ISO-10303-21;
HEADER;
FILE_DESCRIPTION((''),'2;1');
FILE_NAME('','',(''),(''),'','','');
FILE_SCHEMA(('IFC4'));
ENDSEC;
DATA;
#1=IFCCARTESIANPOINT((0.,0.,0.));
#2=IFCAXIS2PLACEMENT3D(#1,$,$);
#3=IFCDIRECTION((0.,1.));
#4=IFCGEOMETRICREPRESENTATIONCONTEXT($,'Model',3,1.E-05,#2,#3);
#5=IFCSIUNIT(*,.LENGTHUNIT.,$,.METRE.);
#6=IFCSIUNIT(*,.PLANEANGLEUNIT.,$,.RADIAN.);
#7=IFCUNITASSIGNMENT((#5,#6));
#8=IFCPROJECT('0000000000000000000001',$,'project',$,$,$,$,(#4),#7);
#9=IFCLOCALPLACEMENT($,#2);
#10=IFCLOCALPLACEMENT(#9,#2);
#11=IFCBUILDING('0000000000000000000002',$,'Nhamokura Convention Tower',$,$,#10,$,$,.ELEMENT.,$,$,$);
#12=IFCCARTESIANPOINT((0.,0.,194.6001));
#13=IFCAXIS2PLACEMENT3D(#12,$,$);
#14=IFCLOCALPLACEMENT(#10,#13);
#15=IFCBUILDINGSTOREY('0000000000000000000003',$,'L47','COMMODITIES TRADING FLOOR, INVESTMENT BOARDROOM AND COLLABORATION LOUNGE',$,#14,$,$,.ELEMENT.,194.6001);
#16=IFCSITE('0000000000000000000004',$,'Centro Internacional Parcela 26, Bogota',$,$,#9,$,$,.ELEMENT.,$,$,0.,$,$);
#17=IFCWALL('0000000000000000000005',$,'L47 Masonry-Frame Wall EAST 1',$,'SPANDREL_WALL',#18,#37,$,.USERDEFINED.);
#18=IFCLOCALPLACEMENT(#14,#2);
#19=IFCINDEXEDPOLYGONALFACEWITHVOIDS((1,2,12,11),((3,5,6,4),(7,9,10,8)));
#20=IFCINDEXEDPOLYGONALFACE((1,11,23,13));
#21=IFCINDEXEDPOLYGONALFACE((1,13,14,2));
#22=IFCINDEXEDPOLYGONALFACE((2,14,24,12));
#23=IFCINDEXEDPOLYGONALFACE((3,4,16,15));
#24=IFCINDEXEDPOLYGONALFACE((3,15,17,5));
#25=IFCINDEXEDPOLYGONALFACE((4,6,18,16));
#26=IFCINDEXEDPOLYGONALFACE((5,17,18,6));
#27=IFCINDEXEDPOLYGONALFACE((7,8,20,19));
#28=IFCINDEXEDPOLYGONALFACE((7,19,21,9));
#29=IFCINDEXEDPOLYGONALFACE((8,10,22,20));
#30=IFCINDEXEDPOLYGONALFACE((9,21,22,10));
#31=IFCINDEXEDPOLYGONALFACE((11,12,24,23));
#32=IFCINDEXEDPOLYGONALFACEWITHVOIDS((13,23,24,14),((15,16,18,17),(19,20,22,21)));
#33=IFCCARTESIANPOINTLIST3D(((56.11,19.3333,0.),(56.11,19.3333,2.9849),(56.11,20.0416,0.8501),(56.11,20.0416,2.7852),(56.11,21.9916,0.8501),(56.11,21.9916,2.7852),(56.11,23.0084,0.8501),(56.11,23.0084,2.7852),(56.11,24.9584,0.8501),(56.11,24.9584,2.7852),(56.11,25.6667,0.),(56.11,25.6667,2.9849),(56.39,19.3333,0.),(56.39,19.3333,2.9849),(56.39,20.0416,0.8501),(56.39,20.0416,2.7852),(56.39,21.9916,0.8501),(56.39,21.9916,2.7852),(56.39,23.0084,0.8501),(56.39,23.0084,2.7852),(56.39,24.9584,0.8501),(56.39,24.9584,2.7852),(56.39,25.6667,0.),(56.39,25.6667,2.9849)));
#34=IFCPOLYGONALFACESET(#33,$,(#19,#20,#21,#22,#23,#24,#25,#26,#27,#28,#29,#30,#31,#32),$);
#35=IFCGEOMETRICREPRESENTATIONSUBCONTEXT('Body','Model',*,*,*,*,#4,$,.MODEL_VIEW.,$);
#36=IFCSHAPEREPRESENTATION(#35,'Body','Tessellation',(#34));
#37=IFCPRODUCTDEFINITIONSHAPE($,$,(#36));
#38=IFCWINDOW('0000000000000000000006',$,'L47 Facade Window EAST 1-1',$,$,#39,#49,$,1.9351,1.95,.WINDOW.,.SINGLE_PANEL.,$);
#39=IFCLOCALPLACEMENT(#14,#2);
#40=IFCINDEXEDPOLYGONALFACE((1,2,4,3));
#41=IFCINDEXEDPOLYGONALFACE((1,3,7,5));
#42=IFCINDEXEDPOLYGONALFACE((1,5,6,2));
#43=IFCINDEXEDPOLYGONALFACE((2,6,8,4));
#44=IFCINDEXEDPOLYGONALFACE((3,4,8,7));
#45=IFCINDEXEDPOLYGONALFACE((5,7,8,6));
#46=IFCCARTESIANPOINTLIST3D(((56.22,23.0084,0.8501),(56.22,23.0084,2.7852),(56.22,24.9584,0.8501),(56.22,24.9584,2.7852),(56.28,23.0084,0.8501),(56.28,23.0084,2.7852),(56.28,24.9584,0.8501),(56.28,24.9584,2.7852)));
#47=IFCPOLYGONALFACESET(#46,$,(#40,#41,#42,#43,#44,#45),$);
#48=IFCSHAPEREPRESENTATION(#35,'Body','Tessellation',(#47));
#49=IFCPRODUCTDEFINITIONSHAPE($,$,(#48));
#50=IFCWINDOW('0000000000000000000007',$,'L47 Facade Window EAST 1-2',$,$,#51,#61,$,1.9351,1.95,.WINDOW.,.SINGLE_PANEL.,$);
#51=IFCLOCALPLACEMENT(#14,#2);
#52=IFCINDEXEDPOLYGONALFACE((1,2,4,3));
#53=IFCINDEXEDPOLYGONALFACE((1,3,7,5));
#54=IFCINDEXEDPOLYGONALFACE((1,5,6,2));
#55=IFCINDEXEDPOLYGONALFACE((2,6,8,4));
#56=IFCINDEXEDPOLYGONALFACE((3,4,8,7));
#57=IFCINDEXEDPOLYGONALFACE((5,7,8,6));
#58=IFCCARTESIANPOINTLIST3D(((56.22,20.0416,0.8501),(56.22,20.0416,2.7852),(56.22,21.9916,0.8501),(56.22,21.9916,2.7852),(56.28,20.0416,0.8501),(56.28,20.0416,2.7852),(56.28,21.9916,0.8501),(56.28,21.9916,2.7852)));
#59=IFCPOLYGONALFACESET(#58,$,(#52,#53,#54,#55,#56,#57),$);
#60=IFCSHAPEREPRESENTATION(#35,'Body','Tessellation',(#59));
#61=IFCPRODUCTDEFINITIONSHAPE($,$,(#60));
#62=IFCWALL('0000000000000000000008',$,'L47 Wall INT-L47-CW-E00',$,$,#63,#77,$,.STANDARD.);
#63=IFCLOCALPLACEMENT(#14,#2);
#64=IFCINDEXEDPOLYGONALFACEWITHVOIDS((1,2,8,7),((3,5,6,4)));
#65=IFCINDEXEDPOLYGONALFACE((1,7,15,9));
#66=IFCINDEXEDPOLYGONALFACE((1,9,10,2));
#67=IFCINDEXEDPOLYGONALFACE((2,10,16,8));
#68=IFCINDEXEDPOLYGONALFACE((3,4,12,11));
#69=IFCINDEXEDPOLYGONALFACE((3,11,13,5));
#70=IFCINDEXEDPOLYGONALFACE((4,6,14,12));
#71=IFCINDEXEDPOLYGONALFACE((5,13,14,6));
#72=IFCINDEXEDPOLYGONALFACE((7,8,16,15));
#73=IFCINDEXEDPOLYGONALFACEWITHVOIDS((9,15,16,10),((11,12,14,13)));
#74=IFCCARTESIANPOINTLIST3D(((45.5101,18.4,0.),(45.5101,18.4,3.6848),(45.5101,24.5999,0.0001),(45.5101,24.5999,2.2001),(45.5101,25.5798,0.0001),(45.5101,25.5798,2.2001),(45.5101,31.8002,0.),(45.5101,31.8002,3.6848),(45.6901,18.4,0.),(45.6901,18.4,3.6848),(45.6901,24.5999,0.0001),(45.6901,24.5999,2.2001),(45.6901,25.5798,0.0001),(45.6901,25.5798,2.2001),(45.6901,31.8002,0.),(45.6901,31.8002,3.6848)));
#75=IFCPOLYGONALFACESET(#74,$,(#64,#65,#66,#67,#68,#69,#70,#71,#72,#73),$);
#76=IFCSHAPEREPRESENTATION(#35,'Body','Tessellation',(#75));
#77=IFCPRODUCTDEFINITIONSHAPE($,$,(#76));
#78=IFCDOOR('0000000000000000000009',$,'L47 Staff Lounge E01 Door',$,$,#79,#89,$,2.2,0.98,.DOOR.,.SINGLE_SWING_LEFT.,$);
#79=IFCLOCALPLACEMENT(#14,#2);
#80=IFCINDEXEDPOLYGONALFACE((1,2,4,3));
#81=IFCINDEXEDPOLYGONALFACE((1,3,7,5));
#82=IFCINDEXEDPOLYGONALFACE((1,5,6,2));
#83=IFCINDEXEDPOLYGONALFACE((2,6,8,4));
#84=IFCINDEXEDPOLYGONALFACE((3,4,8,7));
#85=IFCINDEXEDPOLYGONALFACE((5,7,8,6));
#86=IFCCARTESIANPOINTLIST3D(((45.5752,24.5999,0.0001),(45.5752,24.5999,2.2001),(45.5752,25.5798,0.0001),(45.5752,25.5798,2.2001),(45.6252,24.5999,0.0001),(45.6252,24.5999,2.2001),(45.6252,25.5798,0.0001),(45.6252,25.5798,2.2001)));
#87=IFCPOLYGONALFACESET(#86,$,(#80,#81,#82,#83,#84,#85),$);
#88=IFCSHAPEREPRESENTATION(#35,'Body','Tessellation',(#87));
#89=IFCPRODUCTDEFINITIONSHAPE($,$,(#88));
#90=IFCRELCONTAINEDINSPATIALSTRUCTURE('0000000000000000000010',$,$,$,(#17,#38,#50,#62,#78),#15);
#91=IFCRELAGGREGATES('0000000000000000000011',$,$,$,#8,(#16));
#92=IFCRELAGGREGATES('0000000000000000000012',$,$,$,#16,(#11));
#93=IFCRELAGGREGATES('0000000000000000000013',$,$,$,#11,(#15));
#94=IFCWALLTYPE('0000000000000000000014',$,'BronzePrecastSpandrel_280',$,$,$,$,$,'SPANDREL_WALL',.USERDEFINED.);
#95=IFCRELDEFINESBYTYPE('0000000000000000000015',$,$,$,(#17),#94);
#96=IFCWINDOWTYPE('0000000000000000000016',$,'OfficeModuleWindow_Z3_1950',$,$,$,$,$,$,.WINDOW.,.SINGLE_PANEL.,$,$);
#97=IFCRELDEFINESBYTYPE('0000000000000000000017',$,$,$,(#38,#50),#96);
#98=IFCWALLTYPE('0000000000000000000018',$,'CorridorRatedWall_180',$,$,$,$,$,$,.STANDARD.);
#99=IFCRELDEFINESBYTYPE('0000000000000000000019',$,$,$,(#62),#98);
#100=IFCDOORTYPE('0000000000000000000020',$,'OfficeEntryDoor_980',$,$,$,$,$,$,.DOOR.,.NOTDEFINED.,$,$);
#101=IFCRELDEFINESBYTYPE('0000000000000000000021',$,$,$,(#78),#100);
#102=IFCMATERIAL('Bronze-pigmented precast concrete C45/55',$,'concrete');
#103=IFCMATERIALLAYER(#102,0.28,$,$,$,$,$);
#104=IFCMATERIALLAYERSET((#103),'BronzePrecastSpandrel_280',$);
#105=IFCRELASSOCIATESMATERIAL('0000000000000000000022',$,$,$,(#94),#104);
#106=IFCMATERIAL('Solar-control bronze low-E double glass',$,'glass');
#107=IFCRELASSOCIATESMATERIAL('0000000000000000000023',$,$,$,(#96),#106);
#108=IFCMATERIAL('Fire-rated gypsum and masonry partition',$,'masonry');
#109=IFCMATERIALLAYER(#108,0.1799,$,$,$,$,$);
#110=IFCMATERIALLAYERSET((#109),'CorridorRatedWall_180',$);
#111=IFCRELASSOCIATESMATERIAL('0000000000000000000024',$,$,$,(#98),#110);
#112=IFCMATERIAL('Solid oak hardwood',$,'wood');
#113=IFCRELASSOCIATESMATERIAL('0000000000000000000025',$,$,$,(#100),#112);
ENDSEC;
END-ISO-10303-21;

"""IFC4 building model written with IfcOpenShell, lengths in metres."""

from ifc_helpers import new_model, si_unit, direction, frame, frame_2d, origin, place, context, subcontext, project, spatial, rectangle, extrude, material, layer, layer_set, type_object, element, fill, save


model = new_model("IFC4")

# Units and contexts
model_context = context("Model", 3, precision=1e-05, world=origin(), true_north=direction((0.0, 1.0)))
body_context = subcontext(model_context, "Body", "Model", "MODEL_VIEW")
ifc_project = project(units=[si_unit("LENGTHUNIT", "METRE"), si_unit("PLANEANGLEUNIT", "RADIAN")], contexts=[model_context])

# Site, building, storey
site_placement = place(None, origin())
site = spatial("IfcSite", under=ifc_project, at=site_placement, Name="Centro Internacional Parcela 26, Bogota", CompositionType="ELEMENT", RefElevation=0.0)
building_placement = place(site_placement, origin())
building = spatial("IfcBuilding", under=site, at=building_placement, Name="Nhamokura Convention Tower", CompositionType="ELEMENT")
storey_placement = place(building_placement, frame((0.0, 0.0, 194.6001)))
storey = spatial("IfcBuildingStorey", under=building, at=storey_placement, Name="L47", Description="COMMODITIES TRADING FLOOR, INVESTMENT BOARDROOM AND COLLABORATION LOUNGE", CompositionType="ELEMENT", Elevation=194.6001)

# Shared definitions
ifc_material_1 = material(Name="Bronze-pigmented precast concrete C45/55", Category="concrete")
ifc_layer_1 = layer(ifc_material_1, 0.28)
ifc_layer_set_1 = layer_set([ifc_layer_1], Name="BronzePrecastSpandrel_280")
wall_type_1 = type_object("IfcWallType", Name="BronzePrecastSpandrel_280", ElementType="SPANDREL_WALL", PredefinedType="USERDEFINED", material=ifc_layer_set_1)

# Wall, openings, windows
wall_1_placement = place(storey_placement, frame((56.25, 25.6667, 0.0), z_axis=(0.0, 0.0, 1.0), x_axis=(0.0, -1.0, 0.0)))
wall_1 = element("IfcWall", 1, at=wall_1_placement, inside=storey, type_object=wall_type_1, Name="L47 Masonry-Frame Wall EAST 1", ObjectType="SPANDREL_WALL", PredefinedType="USERDEFINED", context=body_context, shape_type="SweptSolid", body=[
    extrude(rectangle(XDim=6.3335, YDim=0.28, at=frame_2d((3.1667, 0.0))), origin(), (0.0, 0.0, 1.0), 2.9849),
])
opening_1_placement = place(wall_1_placement, frame((0.7083, 0.0, 0.8501)))
opening_1 = element("IfcOpeningElement", 2, at=opening_1_placement, cuts=wall_1, PredefinedType="OPENING", context=body_context, shape_type="SweptSolid", body=[
    extrude(rectangle(XDim=1.95, YDim=1.9351, at=frame_2d((0.9751, 0.9675))), frame((0.0, 0.1499, 0.0), z_axis=(0.0, -1.0, 0.0), x_axis=(1.0, 0.0, 0.0)), (0.0, 0.0, 1.0), 0.3),
])
opening_2_placement = place(wall_1_placement, frame((3.675, 0.0, 0.8501)))
opening_2 = element("IfcOpeningElement", 3, at=opening_2_placement, cuts=wall_1, PredefinedType="OPENING", context=body_context, shape_type="SweptSolid", body=[
    extrude(rectangle(XDim=1.95, YDim=1.9351, at=frame_2d((0.9751, 0.9675))), frame((0.0, 0.1499, 0.0), z_axis=(0.0, -1.0, 0.0), x_axis=(1.0, 0.0, 0.0)), (0.0, 0.0, 1.0), 0.3),
])
ifc_material_2 = material(Name="Solar-control bronze low-E double glass", Category="glass")
window_type = type_object("IfcWindowType", Name="OfficeModuleWindow_Z3_1950", PartitioningType="SINGLE_PANEL", PredefinedType="WINDOW", material=ifc_material_2)
window_1_placement = place(opening_1_placement, origin())
window_1 = element("IfcWindow", 4, at=window_1_placement, inside=storey, type_object=window_type, Name="L47 Facade Window EAST 1-1", OverallHeight=1.9351, OverallWidth=1.95, PartitioningType="SINGLE_PANEL", PredefinedType="WINDOW", context=body_context, shape_type="SweptSolid", body=[
    extrude(rectangle(XDim=1.95, YDim=1.9351, at=frame_2d((0.9751, 0.9675))), frame((0.0, 0.03, 0.0), z_axis=(0.0, -1.0, 0.0), x_axis=(1.0, 0.0, 0.0)), (0.0, 0.0, 1.0), 0.0601),
])
fill(opening_1, window_1)
window_2_placement = place(opening_2_placement, origin())
window_2 = element("IfcWindow", 5, at=window_2_placement, inside=storey, type_object=window_type, Name="L47 Facade Window EAST 1-2", OverallHeight=1.9351, OverallWidth=1.95, PartitioningType="SINGLE_PANEL", PredefinedType="WINDOW", context=body_context, shape_type="SweptSolid", body=[
    extrude(rectangle(XDim=1.95, YDim=1.9351, at=frame_2d((0.9751, 0.9675))), frame((0.0, 0.03, 0.0), z_axis=(0.0, -1.0, 0.0), x_axis=(1.0, 0.0, 0.0)), (0.0, 0.0, 1.0), 0.0601),
])
fill(opening_2, window_2)

# Wall, opening, door
ifc_material_3 = material(Name="Fire-rated gypsum and masonry partition", Category="masonry")
ifc_layer_2 = layer(ifc_material_3, 0.1799)
ifc_layer_set_2 = layer_set([ifc_layer_2], Name="CorridorRatedWall_180")
wall_type_2 = type_object("IfcWallType", Name="CorridorRatedWall_180", PredefinedType="STANDARD", material=ifc_layer_set_2)
wall_2_placement = place(storey_placement, frame((45.6001, 18.3999, 0.0), z_axis=(0.0, 0.0, 1.0), x_axis=(0.0, 1.0, 0.0)))
wall_2 = element("IfcWall", 6, at=wall_2_placement, inside=storey, type_object=wall_type_2, Name="L47 Wall INT-L47-CW-E00", PredefinedType="STANDARD", context=body_context, shape_type="SweptSolid", body=[
    extrude(rectangle(XDim=13.4001, YDim=0.1799, at=frame_2d((6.7002, 0.0))), origin(), (0.0, 0.0, 1.0), 3.6848),
])
opening_3_placement = place(wall_2_placement, frame((6.2, 0.0, 0.0)))
opening_3 = element("IfcOpeningElement", 7, at=opening_3_placement, cuts=wall_2, PredefinedType="OPENING", context=body_context, shape_type="SweptSolid", body=[
    extrude(rectangle(XDim=0.98, YDim=2.2, at=frame_2d((0.49, 1.1001))), frame((0.0, 0.0999, 0.0), z_axis=(0.0, -1.0, 0.0), x_axis=(1.0, 0.0, 0.0)), (0.0, 0.0, 1.0), 0.2),
])
ifc_material_4 = material(Name="Solid oak hardwood", Category="wood")
door_type_1 = type_object("IfcDoorType", Name="OfficeEntryDoor_980", OperationType="NOTDEFINED", PredefinedType="DOOR", material=ifc_material_4)
door_1_placement = place(opening_3_placement, origin())
door_1 = element("IfcDoor", 8, at=door_1_placement, inside=storey, type_object=door_type_1, Name="L47 Staff Lounge E01 Door", OperationType="SINGLE_SWING_LEFT", OverallHeight=2.2, OverallWidth=0.98, PredefinedType="DOOR", context=body_context, shape_type="SweptSolid", body=[
    extrude(rectangle(XDim=0.98, YDim=2.2, at=frame_2d((0.49, 1.1001))), frame((0.0, 0.0249, 0.0), z_axis=(0.0, -1.0, 0.0), x_axis=(1.0, 0.0, 0.0)), (0.0, 0.0, 1.0), 0.05),
])
fill(opening_3, door_1)

save(model, "model.ifc")
